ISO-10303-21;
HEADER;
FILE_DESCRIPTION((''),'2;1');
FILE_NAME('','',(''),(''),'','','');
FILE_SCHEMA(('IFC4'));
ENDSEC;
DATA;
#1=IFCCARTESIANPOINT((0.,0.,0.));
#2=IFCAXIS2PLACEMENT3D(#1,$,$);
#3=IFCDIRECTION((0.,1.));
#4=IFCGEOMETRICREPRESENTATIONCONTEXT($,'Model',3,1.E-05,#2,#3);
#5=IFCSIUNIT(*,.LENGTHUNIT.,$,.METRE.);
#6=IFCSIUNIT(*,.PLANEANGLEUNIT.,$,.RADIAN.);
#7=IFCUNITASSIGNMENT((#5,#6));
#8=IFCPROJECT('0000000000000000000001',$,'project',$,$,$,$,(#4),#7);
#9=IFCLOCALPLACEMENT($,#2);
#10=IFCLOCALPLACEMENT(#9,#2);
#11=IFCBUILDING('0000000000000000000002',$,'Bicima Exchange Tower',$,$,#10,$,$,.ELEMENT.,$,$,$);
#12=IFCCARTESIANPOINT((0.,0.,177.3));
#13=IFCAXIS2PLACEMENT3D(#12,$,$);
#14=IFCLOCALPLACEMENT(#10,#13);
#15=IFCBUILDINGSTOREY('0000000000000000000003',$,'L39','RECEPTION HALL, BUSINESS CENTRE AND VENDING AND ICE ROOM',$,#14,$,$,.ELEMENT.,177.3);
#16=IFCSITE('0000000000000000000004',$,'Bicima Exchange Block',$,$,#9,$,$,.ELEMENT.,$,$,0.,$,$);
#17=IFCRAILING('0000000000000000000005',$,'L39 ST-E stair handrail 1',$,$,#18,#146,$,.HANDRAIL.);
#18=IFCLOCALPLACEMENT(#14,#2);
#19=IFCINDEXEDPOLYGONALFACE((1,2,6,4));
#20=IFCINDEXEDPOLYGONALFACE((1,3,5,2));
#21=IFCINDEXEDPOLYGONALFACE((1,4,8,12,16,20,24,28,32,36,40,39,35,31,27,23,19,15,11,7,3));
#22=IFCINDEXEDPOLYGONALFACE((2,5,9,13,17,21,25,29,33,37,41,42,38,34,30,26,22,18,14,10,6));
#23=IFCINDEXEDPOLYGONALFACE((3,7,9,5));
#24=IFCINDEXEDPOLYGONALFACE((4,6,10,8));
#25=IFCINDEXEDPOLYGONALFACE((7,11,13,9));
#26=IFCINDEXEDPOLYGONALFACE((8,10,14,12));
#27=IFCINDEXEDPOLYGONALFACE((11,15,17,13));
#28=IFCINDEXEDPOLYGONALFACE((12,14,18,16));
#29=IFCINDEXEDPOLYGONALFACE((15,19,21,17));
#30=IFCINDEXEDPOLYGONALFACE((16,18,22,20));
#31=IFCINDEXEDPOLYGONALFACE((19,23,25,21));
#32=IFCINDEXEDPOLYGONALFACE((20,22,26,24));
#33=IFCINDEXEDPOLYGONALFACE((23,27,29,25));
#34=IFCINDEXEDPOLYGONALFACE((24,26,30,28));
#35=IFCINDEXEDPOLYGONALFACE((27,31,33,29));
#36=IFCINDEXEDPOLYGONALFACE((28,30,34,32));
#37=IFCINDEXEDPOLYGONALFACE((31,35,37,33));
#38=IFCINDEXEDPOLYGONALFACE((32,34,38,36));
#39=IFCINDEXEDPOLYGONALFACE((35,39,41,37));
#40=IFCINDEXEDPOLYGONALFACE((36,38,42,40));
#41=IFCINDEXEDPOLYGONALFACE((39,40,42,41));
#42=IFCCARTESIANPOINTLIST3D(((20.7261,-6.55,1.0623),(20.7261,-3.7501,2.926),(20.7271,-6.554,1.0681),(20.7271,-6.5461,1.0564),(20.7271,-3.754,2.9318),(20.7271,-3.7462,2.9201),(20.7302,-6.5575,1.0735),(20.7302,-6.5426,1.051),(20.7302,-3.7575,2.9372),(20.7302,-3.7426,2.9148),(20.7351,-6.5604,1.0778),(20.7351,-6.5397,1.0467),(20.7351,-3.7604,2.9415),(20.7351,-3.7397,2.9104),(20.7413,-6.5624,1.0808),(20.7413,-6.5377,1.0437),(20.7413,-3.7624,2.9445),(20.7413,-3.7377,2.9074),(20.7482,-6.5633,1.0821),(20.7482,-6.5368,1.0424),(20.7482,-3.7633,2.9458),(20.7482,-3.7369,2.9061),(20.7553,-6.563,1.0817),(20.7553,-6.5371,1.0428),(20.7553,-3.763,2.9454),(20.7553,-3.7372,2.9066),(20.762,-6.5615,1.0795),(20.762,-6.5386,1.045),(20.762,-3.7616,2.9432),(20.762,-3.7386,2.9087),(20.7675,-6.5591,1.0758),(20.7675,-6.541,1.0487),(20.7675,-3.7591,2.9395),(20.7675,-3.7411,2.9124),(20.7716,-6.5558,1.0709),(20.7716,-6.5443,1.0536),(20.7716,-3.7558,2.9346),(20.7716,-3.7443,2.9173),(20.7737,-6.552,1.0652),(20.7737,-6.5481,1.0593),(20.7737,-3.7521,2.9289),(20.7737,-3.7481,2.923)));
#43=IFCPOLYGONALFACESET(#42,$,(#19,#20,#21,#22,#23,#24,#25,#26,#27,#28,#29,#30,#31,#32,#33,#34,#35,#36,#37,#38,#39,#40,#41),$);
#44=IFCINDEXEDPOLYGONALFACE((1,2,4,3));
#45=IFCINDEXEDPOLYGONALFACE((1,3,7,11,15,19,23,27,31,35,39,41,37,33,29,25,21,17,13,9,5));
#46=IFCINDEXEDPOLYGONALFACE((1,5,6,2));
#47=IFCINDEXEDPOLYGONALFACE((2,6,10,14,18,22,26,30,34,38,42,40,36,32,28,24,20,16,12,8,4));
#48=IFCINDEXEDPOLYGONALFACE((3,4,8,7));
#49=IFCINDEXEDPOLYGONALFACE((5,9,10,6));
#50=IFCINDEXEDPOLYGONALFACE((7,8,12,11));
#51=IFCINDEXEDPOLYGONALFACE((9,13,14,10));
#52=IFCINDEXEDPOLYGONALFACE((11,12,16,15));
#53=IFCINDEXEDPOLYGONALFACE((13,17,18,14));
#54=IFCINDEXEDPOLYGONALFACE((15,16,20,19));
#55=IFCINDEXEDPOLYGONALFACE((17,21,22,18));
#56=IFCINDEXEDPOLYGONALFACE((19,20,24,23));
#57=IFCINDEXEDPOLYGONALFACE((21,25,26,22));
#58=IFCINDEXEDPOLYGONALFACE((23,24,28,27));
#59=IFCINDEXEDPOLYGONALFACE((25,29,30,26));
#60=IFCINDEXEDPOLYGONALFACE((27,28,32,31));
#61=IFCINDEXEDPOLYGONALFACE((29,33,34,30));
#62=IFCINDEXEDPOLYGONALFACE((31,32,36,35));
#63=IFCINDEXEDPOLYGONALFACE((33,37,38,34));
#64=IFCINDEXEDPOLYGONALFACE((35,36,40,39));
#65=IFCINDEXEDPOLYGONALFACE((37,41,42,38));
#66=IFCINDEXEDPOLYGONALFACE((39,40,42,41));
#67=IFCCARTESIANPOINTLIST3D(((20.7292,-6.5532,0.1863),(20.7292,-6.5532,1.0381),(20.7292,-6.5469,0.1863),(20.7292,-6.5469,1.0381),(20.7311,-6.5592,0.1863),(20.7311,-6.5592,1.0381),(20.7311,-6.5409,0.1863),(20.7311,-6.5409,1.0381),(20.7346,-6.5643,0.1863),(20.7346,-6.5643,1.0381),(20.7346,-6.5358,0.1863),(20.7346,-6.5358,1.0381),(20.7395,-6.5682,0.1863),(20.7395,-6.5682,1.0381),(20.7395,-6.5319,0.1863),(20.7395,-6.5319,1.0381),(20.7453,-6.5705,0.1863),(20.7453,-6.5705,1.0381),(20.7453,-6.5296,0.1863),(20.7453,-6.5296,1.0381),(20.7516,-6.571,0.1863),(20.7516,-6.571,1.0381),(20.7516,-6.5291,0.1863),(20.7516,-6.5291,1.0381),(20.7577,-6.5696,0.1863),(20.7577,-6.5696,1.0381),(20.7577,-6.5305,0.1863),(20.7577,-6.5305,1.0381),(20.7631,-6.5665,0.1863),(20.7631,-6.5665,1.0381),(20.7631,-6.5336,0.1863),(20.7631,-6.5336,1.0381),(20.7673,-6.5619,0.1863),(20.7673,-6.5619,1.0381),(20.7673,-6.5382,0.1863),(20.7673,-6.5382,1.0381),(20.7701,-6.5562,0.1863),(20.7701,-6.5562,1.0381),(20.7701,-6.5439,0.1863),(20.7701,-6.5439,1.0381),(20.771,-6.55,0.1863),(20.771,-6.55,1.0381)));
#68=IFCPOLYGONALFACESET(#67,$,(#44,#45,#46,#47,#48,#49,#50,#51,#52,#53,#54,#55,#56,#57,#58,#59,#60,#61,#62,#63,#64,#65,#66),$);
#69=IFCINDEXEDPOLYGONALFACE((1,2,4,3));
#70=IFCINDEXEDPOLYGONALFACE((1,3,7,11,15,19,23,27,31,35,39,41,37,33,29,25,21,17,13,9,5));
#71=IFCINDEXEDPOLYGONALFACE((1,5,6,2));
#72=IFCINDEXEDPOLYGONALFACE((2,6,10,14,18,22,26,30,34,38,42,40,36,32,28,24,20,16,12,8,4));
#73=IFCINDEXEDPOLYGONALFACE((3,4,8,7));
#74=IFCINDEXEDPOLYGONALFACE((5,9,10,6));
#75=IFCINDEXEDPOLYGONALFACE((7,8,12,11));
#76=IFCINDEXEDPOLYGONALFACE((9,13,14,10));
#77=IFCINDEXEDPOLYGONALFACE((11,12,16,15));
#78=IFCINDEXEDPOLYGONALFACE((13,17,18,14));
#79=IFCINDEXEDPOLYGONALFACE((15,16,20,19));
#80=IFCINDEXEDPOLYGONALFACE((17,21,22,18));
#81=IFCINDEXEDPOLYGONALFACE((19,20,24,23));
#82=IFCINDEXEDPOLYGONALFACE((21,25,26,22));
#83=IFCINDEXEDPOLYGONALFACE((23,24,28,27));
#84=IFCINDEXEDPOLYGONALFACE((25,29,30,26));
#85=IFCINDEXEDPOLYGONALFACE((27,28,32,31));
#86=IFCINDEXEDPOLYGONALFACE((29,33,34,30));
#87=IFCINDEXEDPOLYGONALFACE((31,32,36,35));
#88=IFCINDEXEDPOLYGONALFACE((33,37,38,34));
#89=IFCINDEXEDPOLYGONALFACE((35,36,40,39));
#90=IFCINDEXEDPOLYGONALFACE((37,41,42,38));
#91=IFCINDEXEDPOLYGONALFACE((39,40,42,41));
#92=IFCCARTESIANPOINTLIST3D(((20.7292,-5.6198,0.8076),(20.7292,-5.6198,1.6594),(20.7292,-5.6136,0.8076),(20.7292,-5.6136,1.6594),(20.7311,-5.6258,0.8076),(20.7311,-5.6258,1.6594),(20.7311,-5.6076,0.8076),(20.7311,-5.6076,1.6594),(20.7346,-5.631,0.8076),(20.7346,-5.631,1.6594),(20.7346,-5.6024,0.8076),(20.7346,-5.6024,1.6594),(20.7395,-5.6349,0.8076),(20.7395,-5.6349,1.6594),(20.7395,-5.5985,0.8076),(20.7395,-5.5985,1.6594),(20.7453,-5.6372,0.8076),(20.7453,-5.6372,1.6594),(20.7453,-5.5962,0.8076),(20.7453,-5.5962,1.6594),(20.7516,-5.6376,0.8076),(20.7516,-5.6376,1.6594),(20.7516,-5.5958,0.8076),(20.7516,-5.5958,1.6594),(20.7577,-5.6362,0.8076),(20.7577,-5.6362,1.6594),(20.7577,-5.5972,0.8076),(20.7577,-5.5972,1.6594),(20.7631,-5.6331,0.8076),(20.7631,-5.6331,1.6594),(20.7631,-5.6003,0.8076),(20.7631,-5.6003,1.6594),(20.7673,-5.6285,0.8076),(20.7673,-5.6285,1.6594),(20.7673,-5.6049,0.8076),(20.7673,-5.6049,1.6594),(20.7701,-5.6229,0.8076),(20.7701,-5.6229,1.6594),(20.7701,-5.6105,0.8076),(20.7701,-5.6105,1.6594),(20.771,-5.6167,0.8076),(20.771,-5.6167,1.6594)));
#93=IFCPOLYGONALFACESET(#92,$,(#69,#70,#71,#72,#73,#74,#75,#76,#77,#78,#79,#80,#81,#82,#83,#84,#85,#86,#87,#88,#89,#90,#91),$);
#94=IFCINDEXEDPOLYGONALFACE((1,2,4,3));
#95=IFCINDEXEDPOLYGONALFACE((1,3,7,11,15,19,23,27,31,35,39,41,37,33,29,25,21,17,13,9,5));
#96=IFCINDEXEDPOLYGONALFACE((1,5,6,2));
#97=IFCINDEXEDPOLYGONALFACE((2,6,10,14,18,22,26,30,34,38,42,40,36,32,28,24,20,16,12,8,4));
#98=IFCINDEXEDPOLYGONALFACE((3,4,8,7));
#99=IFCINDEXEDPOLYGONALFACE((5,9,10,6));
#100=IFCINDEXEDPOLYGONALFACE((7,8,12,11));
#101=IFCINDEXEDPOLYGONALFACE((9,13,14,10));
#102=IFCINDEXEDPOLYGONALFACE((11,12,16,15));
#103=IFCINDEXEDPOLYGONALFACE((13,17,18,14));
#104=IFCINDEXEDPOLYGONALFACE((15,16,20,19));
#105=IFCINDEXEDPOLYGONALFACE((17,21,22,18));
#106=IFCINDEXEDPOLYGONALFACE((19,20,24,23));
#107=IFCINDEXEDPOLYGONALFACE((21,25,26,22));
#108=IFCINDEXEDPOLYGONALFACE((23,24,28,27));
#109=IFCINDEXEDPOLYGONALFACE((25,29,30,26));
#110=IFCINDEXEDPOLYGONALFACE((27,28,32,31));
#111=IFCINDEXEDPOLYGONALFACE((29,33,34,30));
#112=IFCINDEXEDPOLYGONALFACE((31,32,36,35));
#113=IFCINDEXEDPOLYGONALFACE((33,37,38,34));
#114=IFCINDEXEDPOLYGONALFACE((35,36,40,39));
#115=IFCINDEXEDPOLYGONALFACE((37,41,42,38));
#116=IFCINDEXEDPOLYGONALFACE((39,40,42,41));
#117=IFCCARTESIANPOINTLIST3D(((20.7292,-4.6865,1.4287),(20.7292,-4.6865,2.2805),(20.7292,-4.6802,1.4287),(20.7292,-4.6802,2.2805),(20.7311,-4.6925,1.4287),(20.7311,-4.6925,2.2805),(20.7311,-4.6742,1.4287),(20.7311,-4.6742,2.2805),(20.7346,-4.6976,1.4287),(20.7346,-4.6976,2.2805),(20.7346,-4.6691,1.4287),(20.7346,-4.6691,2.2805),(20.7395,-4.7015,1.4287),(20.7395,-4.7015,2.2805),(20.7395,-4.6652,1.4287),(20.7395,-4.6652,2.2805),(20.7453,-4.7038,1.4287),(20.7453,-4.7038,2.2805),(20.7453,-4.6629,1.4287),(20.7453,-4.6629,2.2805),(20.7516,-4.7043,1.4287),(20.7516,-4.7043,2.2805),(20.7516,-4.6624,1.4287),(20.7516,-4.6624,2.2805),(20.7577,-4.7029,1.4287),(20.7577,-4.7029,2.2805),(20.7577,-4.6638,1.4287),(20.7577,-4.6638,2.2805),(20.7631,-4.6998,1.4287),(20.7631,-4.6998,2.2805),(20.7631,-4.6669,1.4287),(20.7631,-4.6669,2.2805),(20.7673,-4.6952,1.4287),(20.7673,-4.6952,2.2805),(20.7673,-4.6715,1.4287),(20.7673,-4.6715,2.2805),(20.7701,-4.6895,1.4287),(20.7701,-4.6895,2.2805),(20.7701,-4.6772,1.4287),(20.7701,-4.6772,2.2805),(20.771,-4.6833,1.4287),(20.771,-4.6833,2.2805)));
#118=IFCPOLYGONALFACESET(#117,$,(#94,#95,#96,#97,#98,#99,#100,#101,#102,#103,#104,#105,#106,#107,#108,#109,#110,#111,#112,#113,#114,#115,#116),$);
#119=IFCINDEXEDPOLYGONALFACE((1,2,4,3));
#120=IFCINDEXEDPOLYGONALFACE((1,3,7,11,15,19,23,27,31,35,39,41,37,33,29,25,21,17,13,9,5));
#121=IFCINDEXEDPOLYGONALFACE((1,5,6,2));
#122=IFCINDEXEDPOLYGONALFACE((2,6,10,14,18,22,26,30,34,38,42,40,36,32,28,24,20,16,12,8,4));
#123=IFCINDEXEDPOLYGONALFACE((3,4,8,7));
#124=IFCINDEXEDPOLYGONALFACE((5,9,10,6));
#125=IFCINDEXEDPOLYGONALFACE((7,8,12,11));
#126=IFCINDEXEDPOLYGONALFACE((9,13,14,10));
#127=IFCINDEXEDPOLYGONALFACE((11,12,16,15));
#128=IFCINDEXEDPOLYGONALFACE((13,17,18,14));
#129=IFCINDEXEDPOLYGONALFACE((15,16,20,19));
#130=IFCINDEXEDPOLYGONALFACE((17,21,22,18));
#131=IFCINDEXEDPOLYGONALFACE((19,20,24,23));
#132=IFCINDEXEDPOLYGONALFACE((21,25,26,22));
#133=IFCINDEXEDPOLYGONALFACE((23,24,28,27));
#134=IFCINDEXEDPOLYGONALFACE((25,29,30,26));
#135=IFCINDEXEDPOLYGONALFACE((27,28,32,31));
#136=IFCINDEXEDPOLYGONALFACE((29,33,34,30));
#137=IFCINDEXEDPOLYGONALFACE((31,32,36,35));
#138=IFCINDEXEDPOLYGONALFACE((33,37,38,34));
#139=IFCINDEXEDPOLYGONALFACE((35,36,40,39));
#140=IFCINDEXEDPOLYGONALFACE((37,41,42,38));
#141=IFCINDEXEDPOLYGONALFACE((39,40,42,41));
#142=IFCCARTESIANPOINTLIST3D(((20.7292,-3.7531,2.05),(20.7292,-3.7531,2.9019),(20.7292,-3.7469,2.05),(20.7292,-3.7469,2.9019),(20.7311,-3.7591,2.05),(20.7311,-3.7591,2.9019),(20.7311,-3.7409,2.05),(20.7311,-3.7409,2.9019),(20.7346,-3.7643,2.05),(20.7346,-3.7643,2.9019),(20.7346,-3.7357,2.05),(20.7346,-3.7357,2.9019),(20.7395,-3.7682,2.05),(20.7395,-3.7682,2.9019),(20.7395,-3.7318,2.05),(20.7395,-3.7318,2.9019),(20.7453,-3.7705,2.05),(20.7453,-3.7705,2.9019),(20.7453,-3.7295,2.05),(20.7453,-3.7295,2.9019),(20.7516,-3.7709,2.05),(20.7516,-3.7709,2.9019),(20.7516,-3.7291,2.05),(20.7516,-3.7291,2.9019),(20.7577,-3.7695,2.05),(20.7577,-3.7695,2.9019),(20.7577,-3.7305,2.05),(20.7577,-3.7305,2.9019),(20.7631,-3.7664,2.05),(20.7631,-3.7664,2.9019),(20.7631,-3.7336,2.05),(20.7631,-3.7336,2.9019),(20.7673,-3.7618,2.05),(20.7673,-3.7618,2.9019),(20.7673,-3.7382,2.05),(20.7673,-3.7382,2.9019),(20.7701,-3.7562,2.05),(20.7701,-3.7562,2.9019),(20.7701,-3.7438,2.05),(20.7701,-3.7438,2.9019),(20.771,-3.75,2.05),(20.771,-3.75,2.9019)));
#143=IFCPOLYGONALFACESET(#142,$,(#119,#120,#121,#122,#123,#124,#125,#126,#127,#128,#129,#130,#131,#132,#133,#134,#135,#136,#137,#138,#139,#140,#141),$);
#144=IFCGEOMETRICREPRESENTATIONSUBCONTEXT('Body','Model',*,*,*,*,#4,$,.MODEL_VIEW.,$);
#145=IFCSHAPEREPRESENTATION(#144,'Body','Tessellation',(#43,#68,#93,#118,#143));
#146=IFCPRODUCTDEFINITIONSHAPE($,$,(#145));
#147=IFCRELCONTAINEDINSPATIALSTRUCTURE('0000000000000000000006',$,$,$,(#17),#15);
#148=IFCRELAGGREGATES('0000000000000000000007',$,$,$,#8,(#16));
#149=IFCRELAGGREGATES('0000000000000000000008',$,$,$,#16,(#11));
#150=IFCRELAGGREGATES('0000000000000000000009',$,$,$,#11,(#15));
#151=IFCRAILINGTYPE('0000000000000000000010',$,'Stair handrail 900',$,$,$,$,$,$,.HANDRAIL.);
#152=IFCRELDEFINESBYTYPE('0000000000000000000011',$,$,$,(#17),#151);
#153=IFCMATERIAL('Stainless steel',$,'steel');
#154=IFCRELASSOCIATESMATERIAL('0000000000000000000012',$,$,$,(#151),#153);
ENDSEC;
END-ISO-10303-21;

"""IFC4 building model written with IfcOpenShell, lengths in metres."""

from ifc_helpers import new_model, si_unit, direction, frame, origin, origin_2d, place, context, subcontext, project, spatial, circle, extrude, material, type_object, element, save


model = new_model("IFC4")

# Units and contexts
model_context = context("Model", 3, precision=1e-05, world=origin(), true_north=direction((0.0, 1.0)))
body_context = subcontext(model_context, "Body", "Model", "MODEL_VIEW")
ifc_project = project(units=[si_unit("LENGTHUNIT", "METRE"), si_unit("PLANEANGLEUNIT", "RADIAN")], contexts=[model_context])

# Site, building, storey
site_placement = place(None, origin())
site = spatial("IfcSite", under=ifc_project, at=site_placement, Name="Bicima Exchange Block", CompositionType="ELEMENT", RefElevation=0.0)
building_placement = place(site_placement, origin())
building = spatial("IfcBuilding", under=site, at=building_placement, Name="Bicima Exchange Tower", CompositionType="ELEMENT")
storey_placement = place(building_placement, frame((0.0, 0.0, 177.3)))
storey = spatial("IfcBuildingStorey", under=building, at=storey_placement, Name="L39", Description="RECEPTION HALL, BUSINESS CENTRE AND VENDING AND ICE ROOM", CompositionType="ELEMENT", Elevation=177.3)

# Railing
ifc_material_1 = material(Name="Stainless steel", Category="steel")
railing_type_1 = type_object("IfcRailingType", Name="Stair handrail 900", PredefinedType="HANDRAIL", material=ifc_material_1)
railing_1_placement = place(storey_placement, frame((20.75, -6.55, 0.1863)))
element("IfcRailing", 1, at=railing_1_placement, inside=storey, type_object=railing_type_1, Name="L39 ST-E stair handrail 1", PredefinedType="HANDRAIL", context=body_context, shape_type="SweptSolid", body=[
    extrude(circle(Radius=0.0239, at=origin_2d()), frame((0.0, 0.0, 0.876), z_axis=(0.0, 0.832452, 0.554097), x_axis=(-1.0, 0.0, 0.0)), (0.0, 0.0, 1.0), 3.3635),
    extrude(circle(Radius=0.021, at=origin_2d()), origin(), (0.0, 0.0, 1.0), 0.8518),
    extrude(circle(Radius=0.021, at=origin_2d()), frame((0.0, 0.9333, 0.6213)), (0.0, 0.0, 1.0), 0.8518),
    extrude(circle(Radius=0.021, at=origin_2d()), frame((0.0, 1.8667, 1.2424)), (0.0, 0.0, 1.0), 0.8518),
    extrude(circle(Radius=0.021, at=origin_2d()), frame((0.0, 2.8, 1.8638)), (0.0, 0.0, 1.0), 0.8518),
])

save(model, "model.ifc")
